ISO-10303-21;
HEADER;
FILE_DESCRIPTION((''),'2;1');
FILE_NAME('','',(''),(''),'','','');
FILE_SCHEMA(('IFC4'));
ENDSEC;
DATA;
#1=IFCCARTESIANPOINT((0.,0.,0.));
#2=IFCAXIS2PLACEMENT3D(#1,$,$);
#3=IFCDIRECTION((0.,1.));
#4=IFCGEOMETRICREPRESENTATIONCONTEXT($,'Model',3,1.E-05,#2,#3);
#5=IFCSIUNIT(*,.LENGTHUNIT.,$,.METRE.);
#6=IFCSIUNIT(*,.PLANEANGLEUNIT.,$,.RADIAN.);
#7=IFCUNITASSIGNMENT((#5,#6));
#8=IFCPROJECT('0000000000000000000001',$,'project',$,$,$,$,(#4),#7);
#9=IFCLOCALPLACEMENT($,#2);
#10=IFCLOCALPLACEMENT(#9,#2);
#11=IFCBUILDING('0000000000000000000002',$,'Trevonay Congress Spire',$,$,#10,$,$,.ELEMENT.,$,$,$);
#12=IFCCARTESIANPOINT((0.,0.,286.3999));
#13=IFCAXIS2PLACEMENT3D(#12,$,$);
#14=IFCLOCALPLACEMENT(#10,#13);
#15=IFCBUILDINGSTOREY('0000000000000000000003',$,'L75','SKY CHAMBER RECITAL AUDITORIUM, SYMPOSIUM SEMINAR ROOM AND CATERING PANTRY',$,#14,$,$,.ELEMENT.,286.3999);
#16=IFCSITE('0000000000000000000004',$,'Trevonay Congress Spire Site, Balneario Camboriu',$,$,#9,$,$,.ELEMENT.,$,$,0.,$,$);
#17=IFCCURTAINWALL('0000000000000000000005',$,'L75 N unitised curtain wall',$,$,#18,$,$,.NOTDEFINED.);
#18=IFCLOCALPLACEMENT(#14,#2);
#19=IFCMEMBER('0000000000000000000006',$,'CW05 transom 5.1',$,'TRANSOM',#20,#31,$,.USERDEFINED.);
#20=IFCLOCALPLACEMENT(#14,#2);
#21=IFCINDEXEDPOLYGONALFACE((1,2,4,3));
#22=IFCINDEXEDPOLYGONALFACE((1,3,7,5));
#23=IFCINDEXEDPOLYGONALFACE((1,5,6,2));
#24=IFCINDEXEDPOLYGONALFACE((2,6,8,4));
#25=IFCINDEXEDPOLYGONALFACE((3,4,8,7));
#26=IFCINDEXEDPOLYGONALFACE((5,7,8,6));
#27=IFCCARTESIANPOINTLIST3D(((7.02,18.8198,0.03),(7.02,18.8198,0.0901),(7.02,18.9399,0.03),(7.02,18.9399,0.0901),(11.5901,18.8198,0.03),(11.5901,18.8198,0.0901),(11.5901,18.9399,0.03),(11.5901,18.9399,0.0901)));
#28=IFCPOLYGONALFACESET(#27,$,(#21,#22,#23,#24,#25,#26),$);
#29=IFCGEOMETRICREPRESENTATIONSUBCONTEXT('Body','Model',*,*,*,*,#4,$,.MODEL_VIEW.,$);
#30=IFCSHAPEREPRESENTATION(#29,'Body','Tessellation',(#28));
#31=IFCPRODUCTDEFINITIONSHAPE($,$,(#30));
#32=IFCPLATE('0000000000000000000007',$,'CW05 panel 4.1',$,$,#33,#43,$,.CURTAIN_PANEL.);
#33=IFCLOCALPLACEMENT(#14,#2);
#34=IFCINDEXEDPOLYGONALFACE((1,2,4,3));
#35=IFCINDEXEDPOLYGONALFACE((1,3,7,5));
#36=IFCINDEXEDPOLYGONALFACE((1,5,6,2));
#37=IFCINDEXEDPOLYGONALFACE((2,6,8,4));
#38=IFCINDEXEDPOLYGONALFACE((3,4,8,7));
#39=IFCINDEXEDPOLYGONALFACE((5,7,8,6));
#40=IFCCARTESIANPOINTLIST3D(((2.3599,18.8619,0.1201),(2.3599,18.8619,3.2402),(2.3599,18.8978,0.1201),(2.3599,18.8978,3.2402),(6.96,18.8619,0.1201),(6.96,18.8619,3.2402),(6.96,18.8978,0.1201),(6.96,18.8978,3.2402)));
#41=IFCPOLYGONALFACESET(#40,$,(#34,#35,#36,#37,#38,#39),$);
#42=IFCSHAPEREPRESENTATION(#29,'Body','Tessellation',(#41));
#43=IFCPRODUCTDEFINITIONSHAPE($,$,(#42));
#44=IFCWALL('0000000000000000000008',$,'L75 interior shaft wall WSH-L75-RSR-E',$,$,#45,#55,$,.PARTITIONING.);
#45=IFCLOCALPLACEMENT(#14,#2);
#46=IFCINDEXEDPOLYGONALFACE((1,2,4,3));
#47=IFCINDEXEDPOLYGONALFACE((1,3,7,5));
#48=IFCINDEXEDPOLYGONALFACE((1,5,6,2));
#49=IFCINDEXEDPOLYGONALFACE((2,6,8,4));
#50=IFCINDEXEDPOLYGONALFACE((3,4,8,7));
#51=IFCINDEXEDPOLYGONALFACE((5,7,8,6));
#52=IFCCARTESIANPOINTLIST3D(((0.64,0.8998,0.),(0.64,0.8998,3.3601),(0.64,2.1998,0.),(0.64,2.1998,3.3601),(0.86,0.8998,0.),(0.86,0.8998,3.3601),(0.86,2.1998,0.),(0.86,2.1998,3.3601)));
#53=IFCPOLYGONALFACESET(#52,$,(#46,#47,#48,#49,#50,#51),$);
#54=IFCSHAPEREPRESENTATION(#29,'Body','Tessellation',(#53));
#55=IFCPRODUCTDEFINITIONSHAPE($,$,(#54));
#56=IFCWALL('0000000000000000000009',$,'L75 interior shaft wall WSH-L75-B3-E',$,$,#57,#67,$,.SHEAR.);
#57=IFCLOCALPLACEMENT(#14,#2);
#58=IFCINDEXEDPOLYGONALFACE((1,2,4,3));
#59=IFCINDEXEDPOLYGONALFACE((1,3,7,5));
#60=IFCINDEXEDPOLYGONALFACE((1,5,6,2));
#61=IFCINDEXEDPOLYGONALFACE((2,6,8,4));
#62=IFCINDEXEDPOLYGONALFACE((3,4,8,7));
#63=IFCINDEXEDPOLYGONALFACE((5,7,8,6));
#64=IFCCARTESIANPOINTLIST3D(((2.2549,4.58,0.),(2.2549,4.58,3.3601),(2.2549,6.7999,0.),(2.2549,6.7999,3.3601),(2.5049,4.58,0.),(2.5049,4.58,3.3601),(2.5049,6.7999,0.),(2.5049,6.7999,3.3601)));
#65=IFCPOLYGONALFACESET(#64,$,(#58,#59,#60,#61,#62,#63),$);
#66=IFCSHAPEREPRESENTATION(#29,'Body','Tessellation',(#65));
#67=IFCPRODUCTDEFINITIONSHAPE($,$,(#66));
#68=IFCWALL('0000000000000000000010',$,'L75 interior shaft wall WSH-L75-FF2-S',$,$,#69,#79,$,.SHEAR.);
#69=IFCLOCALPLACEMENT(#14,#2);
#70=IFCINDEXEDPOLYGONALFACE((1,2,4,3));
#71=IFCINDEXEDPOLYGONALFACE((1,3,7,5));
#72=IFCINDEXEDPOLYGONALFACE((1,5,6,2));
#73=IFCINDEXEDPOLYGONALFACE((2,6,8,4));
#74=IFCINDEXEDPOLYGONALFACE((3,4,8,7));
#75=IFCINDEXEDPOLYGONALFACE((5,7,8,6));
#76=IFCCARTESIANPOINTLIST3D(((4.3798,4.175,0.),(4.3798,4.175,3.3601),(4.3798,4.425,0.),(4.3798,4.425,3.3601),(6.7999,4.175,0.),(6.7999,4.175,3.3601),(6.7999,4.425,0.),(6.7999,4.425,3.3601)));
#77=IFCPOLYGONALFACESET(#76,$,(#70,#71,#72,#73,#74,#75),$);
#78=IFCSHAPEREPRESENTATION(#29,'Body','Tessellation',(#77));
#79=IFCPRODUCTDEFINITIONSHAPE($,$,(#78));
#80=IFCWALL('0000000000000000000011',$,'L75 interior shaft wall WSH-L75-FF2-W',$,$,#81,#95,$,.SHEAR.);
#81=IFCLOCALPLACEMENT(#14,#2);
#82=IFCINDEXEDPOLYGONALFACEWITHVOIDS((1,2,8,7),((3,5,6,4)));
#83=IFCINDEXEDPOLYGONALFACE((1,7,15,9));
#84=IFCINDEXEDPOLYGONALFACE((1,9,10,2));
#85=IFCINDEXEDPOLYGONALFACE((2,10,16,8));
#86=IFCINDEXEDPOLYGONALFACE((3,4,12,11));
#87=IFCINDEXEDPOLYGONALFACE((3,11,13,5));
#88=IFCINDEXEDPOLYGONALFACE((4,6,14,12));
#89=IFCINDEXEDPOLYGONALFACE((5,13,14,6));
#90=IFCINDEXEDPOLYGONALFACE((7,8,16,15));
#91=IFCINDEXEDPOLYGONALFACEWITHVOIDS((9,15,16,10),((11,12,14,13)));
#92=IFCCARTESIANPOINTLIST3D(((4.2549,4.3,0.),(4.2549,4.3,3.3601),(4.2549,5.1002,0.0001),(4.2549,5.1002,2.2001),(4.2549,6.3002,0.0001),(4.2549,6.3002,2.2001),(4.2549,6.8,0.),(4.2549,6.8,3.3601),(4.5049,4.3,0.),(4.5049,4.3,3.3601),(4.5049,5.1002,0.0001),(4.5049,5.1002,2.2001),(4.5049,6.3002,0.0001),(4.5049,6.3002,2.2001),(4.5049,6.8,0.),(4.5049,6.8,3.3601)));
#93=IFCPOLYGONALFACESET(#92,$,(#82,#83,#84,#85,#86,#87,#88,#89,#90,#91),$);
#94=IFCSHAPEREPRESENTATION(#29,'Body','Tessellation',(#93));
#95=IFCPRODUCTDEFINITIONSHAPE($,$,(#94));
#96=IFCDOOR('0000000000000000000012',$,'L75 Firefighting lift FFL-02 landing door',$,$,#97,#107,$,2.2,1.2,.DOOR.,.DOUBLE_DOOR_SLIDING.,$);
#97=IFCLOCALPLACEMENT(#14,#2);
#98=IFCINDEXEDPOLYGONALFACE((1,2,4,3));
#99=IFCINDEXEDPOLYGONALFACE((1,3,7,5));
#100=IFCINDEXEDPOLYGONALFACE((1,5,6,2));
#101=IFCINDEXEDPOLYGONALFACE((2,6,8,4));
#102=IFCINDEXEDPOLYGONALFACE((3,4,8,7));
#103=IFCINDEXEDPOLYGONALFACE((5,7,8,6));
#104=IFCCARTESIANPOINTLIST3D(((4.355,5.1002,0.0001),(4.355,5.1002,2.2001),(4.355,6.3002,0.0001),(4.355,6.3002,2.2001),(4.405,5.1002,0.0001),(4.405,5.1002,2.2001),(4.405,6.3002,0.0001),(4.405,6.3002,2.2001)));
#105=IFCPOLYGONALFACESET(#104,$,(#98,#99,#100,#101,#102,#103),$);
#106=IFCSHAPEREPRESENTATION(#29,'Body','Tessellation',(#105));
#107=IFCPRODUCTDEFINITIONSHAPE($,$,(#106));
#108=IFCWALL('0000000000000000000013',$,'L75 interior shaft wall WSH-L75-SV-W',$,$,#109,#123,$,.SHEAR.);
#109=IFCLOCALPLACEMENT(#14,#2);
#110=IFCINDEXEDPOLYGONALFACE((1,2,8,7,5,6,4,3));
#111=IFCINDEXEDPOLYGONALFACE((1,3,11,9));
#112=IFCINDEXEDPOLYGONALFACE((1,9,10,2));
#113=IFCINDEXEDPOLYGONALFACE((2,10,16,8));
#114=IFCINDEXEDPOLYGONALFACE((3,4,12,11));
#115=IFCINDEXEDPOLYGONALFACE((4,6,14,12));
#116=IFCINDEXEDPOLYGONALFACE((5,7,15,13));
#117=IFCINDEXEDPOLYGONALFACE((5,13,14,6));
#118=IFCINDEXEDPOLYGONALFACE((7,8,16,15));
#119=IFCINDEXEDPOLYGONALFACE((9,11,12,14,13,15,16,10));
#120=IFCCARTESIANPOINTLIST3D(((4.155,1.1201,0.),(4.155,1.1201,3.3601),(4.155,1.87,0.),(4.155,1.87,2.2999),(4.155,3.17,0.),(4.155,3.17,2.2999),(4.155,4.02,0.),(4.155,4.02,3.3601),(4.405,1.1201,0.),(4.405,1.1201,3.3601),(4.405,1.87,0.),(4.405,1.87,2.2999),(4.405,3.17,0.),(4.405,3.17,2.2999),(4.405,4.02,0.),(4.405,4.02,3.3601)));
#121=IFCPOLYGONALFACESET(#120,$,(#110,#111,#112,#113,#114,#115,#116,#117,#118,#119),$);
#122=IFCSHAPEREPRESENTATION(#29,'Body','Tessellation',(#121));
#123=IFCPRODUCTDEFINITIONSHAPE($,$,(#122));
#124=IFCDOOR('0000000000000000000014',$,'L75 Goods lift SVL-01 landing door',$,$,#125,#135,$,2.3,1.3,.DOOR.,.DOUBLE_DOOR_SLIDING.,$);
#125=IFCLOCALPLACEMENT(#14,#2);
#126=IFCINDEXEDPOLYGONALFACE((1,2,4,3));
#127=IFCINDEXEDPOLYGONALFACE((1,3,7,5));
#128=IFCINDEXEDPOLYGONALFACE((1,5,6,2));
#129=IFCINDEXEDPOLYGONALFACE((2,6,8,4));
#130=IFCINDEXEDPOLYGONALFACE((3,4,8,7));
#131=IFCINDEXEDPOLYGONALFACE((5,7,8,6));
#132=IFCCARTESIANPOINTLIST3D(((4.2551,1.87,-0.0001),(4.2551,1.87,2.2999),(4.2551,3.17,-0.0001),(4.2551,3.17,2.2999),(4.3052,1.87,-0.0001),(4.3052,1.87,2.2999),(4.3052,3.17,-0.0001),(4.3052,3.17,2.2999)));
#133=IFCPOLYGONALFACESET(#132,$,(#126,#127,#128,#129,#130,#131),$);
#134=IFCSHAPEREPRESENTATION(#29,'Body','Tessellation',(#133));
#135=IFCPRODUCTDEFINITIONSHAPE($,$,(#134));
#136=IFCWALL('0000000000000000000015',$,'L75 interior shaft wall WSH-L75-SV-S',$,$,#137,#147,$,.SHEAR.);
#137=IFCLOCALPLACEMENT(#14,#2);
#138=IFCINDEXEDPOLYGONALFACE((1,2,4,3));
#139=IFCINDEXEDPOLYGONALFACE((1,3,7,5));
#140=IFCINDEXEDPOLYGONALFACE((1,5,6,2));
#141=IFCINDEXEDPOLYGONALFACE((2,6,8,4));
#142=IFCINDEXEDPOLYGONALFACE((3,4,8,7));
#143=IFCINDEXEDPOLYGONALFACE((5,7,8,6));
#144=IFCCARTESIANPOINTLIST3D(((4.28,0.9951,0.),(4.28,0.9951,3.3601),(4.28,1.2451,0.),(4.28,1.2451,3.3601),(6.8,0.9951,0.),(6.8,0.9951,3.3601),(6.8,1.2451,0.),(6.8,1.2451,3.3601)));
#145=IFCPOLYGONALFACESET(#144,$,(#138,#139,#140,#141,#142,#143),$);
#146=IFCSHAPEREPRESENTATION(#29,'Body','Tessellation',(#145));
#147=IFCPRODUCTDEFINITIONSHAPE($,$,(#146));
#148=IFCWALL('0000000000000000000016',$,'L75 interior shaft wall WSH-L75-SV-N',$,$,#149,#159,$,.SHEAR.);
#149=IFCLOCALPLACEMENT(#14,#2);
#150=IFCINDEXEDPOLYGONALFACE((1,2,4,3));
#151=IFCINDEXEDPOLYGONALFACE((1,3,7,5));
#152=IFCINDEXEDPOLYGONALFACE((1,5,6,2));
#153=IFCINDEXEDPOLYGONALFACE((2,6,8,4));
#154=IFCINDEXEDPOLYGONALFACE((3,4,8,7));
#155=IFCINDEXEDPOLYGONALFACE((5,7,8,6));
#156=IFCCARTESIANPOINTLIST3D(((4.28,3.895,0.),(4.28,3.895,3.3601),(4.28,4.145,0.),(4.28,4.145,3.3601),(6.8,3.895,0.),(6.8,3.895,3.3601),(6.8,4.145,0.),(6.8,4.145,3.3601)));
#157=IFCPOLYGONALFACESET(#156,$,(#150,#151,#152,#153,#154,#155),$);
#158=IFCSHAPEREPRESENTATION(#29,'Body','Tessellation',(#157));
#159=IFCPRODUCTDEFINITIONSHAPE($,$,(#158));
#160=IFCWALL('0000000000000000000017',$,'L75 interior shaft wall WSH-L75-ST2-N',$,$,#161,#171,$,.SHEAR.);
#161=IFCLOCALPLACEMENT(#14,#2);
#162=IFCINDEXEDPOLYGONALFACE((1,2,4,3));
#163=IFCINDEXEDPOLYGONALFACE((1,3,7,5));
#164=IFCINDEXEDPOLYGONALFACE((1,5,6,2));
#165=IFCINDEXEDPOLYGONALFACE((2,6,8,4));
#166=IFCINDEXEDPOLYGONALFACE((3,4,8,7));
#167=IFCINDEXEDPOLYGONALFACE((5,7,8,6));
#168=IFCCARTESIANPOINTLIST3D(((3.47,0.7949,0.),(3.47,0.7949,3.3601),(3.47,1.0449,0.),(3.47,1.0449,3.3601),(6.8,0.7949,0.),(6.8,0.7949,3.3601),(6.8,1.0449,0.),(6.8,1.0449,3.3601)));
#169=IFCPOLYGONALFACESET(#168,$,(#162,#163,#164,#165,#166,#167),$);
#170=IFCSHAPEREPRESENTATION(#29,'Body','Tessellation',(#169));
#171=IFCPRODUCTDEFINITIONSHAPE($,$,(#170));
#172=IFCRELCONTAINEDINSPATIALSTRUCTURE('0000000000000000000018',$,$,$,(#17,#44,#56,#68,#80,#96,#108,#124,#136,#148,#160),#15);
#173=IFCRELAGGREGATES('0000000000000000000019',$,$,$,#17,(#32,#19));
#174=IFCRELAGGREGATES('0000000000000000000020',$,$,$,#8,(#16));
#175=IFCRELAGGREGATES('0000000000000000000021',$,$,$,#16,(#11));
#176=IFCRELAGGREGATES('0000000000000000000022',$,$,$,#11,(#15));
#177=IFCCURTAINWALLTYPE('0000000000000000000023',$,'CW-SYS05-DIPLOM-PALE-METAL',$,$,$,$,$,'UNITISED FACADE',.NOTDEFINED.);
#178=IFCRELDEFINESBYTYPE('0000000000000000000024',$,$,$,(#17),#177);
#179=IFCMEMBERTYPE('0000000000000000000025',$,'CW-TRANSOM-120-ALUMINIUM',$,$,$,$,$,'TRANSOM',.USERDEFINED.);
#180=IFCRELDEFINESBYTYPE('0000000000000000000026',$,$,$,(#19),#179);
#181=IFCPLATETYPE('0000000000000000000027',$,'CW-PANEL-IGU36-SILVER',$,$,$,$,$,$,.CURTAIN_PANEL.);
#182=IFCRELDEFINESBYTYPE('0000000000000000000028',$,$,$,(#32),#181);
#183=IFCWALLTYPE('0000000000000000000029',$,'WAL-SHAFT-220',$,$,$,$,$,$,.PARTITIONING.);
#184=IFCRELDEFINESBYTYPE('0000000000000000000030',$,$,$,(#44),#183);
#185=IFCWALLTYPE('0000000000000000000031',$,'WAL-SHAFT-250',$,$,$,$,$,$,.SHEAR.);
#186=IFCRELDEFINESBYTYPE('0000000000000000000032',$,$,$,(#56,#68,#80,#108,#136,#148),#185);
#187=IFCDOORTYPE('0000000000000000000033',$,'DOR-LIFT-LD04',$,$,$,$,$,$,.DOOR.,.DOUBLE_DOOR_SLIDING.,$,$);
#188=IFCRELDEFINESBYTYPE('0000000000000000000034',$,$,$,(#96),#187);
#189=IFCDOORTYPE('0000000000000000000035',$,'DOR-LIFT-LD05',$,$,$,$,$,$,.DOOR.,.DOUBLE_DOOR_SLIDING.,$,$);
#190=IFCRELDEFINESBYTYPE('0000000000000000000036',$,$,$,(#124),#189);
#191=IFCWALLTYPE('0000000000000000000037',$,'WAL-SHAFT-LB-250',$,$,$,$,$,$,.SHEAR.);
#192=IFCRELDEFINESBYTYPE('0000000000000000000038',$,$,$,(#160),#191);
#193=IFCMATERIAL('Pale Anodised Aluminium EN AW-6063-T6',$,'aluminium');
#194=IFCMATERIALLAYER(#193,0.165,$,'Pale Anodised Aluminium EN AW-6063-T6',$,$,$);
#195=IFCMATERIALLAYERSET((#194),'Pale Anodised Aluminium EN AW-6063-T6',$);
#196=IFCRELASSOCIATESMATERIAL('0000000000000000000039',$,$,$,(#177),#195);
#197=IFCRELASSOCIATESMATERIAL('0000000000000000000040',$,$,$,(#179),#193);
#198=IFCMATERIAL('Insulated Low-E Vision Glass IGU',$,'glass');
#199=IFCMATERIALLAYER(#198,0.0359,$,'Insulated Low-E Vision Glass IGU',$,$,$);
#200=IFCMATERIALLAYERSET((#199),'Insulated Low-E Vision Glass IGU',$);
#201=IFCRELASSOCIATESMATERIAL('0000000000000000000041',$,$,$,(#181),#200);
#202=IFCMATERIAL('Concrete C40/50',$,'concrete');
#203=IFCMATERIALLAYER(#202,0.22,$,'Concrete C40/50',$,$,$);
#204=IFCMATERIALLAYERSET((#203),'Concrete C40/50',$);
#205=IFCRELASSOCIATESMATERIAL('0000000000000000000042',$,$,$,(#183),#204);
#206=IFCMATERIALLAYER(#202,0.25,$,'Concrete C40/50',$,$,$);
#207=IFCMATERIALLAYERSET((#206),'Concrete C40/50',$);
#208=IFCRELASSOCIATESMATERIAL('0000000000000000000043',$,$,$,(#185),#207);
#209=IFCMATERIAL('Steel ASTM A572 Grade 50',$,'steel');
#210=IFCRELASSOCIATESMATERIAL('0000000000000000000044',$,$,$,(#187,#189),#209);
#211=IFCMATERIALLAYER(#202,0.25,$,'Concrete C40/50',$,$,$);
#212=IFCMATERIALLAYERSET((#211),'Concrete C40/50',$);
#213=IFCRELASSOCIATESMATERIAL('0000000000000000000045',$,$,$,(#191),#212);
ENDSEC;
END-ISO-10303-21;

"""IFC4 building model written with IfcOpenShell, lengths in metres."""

from ifc_helpers import new_model, si_unit, direction, frame, frame_2d, origin, origin_2d, place, context, subcontext, project, spatial, rectangle, extrude, material, layer, layer_set, material_profile, profile_set, type_object, element, fill, aggregate, save


model = new_model("IFC4")

# Units and contexts
model_context = context("Model", 3, precision=1e-05, world=origin(), true_north=direction((0.0, 1.0)))
body_context = subcontext(model_context, "Body", "Model", "MODEL_VIEW")
ifc_project = project(units=[si_unit("LENGTHUNIT", "METRE"), si_unit("PLANEANGLEUNIT", "RADIAN")], contexts=[model_context])

# Site, building, storey
site_placement = place(None, origin())
site = spatial("IfcSite", under=ifc_project, at=site_placement, Name="Trevonay Congress Spire Site, Balneario Camboriu", CompositionType="ELEMENT", RefElevation=0.0)
building_placement = place(site_placement, origin())
building = spatial("IfcBuilding", under=site, at=building_placement, Name="Trevonay Congress Spire", CompositionType="ELEMENT")
storey_placement = place(building_placement, frame((0.0, 0.0, 286.3999)))
storey = spatial("IfcBuildingStorey", under=building, at=storey_placement, Name="L75", Description="SKY CHAMBER RECITAL AUDITORIUM, SYMPOSIUM SEMINAR ROOM AND CATERING PANTRY", CompositionType="ELEMENT", Elevation=286.3999)

# Shared definitions
ifc_material_1 = material(Name="Steel ASTM A572 Grade 50", Category="steel")

# Curtain wall, member, plate
ifc_material_2 = material(Name="Pale Anodised Aluminium EN AW-6063-T6", Category="aluminium")
ifc_layer_1 = layer(ifc_material_2, 0.165, Name="Pale Anodised Aluminium EN AW-6063-T6")
ifc_layer_set_1 = layer_set([ifc_layer_1], Name="Pale Anodised Aluminium EN AW-6063-T6")
curtain_wall_type = type_object("IfcCurtainWallType", Name="CW-SYS05-DIPLOM-PALE-METAL", ElementType="UNITISED FACADE", PredefinedType="NOTDEFINED", material=ifc_layer_set_1)
curtain_wall_placement = place(storey_placement, origin())
curtain_wall = element("IfcCurtainWall", 1, at=curtain_wall_placement, inside=storey, type_object=curtain_wall_type, Name="L75 N unitised curtain wall", PredefinedType="NOTDEFINED")
ifc_material_profile_1 = material_profile(ifc_material_2, rectangle(XDim=0.1201, YDim=0.0601, at=origin_2d()), Name="CW-TRANSOM-120-ALUMINIUM")
ifc_profile_set_1 = profile_set([ifc_material_profile_1], Name="Pale Anodised Aluminium EN AW-6063-T6")
member_type_1 = type_object("IfcMemberType", Name="CW-TRANSOM-120-ALUMINIUM", ElementType="TRANSOM", PredefinedType="USERDEFINED", material=ifc_profile_set_1)
member_1_placement = place(storey_placement, frame((7.02, 18.8799, 0.0601), z_axis=(1.0, 0.0, 0.0), x_axis=(0.0, 1.0, 0.0)))
member_1 = element("IfcMember", 2, at=member_1_placement, type_object=member_type_1, Name="CW05 transom 5.1", ObjectType="TRANSOM", PredefinedType="USERDEFINED", context=body_context, shape_type="SweptSolid", body=[
    extrude(rectangle(XDim=0.1201, YDim=0.0601, at=origin_2d()), origin(), (0.0, 0.0, 1.0), 4.5701),
])
ifc_material_3 = material(Name="Insulated Low-E Vision Glass IGU", Category="glass")
ifc_layer_2 = layer(ifc_material_3, 0.0359, Name="Insulated Low-E Vision Glass IGU")
ifc_layer_set_2 = layer_set([ifc_layer_2], Name="Insulated Low-E Vision Glass IGU")
plate_type = type_object("IfcPlateType", Name="CW-PANEL-IGU36-SILVER", PredefinedType="CURTAIN_PANEL", material=ifc_layer_set_2)
plate_placement = place(storey_placement, frame((4.6599, 18.8799, 0.1201), z_axis=(0.0, 0.0, 1.0), x_axis=(1.0, 0.0, 0.0)))
plate = element("IfcPlate", 3, at=plate_placement, type_object=plate_type, Name="CW05 panel 4.1", PredefinedType="CURTAIN_PANEL", context=body_context, shape_type="SweptSolid", body=[
    extrude(rectangle(XDim=4.6001, YDim=0.0359, at=origin_2d()), origin(), (0.0, 0.0, 1.0), 3.1201),
])
aggregate(curtain_wall, [plate, member_1])

# Walls
ifc_material_4 = material(Name="Concrete C40/50", Category="concrete")
ifc_layer_3 = layer(ifc_material_4, 0.22, Name="Concrete C40/50")
ifc_layer_set_3 = layer_set([ifc_layer_3], Name="Concrete C40/50")
wall_type_1 = type_object("IfcWallType", Name="WAL-SHAFT-220", PredefinedType="PARTITIONING", material=ifc_layer_set_3)
wall_1_placement = place(storey_placement, frame((0.75, 0.8999, 0.0), z_axis=(0.0, 0.0, 1.0), x_axis=(0.0, 1.0, 0.0)))
element("IfcWall", 4, at=wall_1_placement, inside=storey, type_object=wall_type_1, Name="L75 interior shaft wall WSH-L75-RSR-E", PredefinedType="PARTITIONING", context=body_context, shape_type="SweptSolid", body=[
    extrude(rectangle(XDim=1.3, YDim=0.22, at=frame_2d((0.6499, 0.0))), origin(), (0.0, 0.0, 1.0), 3.3601),
])
ifc_layer_4 = layer(ifc_material_4, 0.25, Name="Concrete C40/50")
ifc_layer_set_4 = layer_set([ifc_layer_4], Name="Concrete C40/50")
wall_type_2 = type_object("IfcWallType", Name="WAL-SHAFT-250", PredefinedType="SHEAR", material=ifc_layer_set_4)
wall_2_placement = place(storey_placement, frame((2.3799, 4.5801, 0.0), z_axis=(0.0, 0.0, 1.0), x_axis=(0.0, 1.0, 0.0)))
element("IfcWall", 5, at=wall_2_placement, inside=storey, type_object=wall_type_2, Name="L75 interior shaft wall WSH-L75-B3-E", PredefinedType="SHEAR", context=body_context, shape_type="SweptSolid", body=[
    extrude(rectangle(XDim=2.22, YDim=0.25, at=frame_2d((1.1099, 0.0))), origin(), (0.0, 0.0, 1.0), 3.3601),
])
wall_3_placement = place(storey_placement, frame((4.3799, 4.3, 0.0), z_axis=(0.0, 0.0, 1.0), x_axis=(1.0, 0.0, 0.0)))
element("IfcWall", 6, at=wall_3_placement, inside=storey, type_object=wall_type_2, Name="L75 interior shaft wall WSH-L75-FF2-S", PredefinedType="SHEAR", context=body_context, shape_type="SweptSolid", body=[
    extrude(rectangle(XDim=2.4202, YDim=0.25, at=frame_2d((1.21, 0.0))), origin(), (0.0, 0.0, 1.0), 3.3601),
])

# Walls, openings, doors
wall_4_placement = place(storey_placement, frame((4.3799, 4.3, 0.0), z_axis=(0.0, 0.0, 1.0), x_axis=(0.0, 1.0, 0.0)))
wall_4 = element("IfcWall", 7, at=wall_4_placement, inside=storey, type_object=wall_type_2, Name="L75 interior shaft wall WSH-L75-FF2-W", PredefinedType="SHEAR", context=body_context, shape_type="SweptSolid", body=[
    extrude(rectangle(XDim=2.5, YDim=0.25, at=frame_2d((1.25, 0.0))), origin(), (0.0, 0.0, 1.0), 3.3601),
])
opening_1_placement = place(wall_4_placement, frame((0.8, 0.0, 0.0)))
opening_1 = element("IfcOpeningElement", 8, at=opening_1_placement, cuts=wall_4, PredefinedType="OPENING", context=body_context, shape_type="SweptSolid", body=[
    extrude(rectangle(XDim=1.2, YDim=2.2, at=frame_2d((0.6001, 1.1001))), frame((0.0, 0.135, 0.0), z_axis=(0.0, -1.0, 0.0), x_axis=(1.0, 0.0, 0.0)), (0.0, 0.0, 1.0), 0.27),
])
door_type_1 = type_object("IfcDoorType", Name="DOR-LIFT-LD04", OperationType="DOUBLE_DOOR_SLIDING", PredefinedType="DOOR", material=ifc_material_1)
door_1_placement = place(opening_1_placement, origin())
door_1 = element("IfcDoor", 9, at=door_1_placement, inside=storey, type_object=door_type_1, Name="L75 Firefighting lift FFL-02 landing door", OperationType="DOUBLE_DOOR_SLIDING", OverallHeight=2.2, OverallWidth=1.2, PredefinedType="DOOR", context=body_context, shape_type="SweptSolid", body=[
    extrude(rectangle(XDim=1.2, YDim=2.2, at=frame_2d((0.6001, 1.1001))), frame((0.0, 0.0249, 0.0), z_axis=(0.0, -1.0, 0.0), x_axis=(1.0, 0.0, 0.0)), (0.0, 0.0, 1.0), 0.05),
])
fill(opening_1, door_1)
wall_5_placement = place(storey_placement, frame((4.28, 1.1201, 0.0), z_axis=(0.0, 0.0, 1.0), x_axis=(0.0, 1.0, 0.0)))
wall_5 = element("IfcWall", 10, at=wall_5_placement, inside=storey, type_object=wall_type_2, Name="L75 interior shaft wall WSH-L75-SV-W", PredefinedType="SHEAR", context=body_context, shape_type="SweptSolid", body=[
    extrude(rectangle(XDim=2.8999, YDim=0.25, at=frame_2d((1.45, 0.0))), origin(), (0.0, 0.0, 1.0), 3.3601),
])
opening_2_placement = place(wall_5_placement, frame((0.75, 0.0, 0.0)))
opening_2 = element("IfcOpeningElement", 11, at=opening_2_placement, cuts=wall_5, PredefinedType="OPENING", context=body_context, shape_type="SweptSolid", body=[
    extrude(rectangle(XDim=1.3, YDim=2.3, at=frame_2d((0.6499, 1.1499))), frame((0.0, 0.135, 0.0), z_axis=(0.0, -1.0, 0.0), x_axis=(1.0, 0.0, 0.0)), (0.0, 0.0, 1.0), 0.27),
])
door_type_2 = type_object("IfcDoorType", Name="DOR-LIFT-LD05", OperationType="DOUBLE_DOOR_SLIDING", PredefinedType="DOOR", material=ifc_material_1)
door_2_placement = place(opening_2_placement, origin())
door_2 = element("IfcDoor", 12, at=door_2_placement, inside=storey, type_object=door_type_2, Name="L75 Goods lift SVL-01 landing door", OperationType="DOUBLE_DOOR_SLIDING", OverallHeight=2.3, OverallWidth=1.3, PredefinedType="DOOR", context=body_context, shape_type="SweptSolid", body=[
    extrude(rectangle(XDim=1.3, YDim=2.3, at=frame_2d((0.6499, 1.1499))), frame((0.0, 0.0249, 0.0), z_axis=(0.0, -1.0, 0.0), x_axis=(1.0, 0.0, 0.0)), (0.0, 0.0, 1.0), 0.05),
])
fill(opening_2, door_2)

# Walls
for number, where, z_axis, x_axis, name in (
    (13, (4.28, 1.1201, 0.0), (0.0, 0.0, 1.0), (1.0, 0.0, 0.0), "L75 interior shaft wall WSH-L75-SV-S"),
    (14, (4.28, 4.02, 0.0), (0.0, 0.0, 1.0), (1.0, 0.0, 0.0), "L75 interior shaft wall WSH-L75-SV-N"),
):
    element("IfcWall", number, at=place(storey_placement, frame(where, z_axis=z_axis, x_axis=x_axis)), inside=storey, type_object=wall_type_2, Name=name, PredefinedType="SHEAR", context=body_context, shape_type="SweptSolid", body=[
        extrude(rectangle(XDim=2.52, YDim=0.25, at=frame_2d((1.26, 0.0))), origin(), (0.0, 0.0, 1.0), 3.3601),
    ])
ifc_layer_5 = layer(ifc_material_4, 0.25, Name="Concrete C40/50")
ifc_layer_set_5 = layer_set([ifc_layer_5], Name="Concrete C40/50")
wall_type_3 = type_object("IfcWallType", Name="WAL-SHAFT-LB-250", PredefinedType="SHEAR", material=ifc_layer_set_5)
wall_6_placement = place(storey_placement, frame((3.47, 0.9199, 0.0), z_axis=(0.0, 0.0, 1.0), x_axis=(1.0, 0.0, 0.0)))
element("IfcWall", 15, at=wall_6_placement, inside=storey, type_object=wall_type_3, Name="L75 interior shaft wall WSH-L75-ST2-N", PredefinedType="SHEAR", context=body_context, shape_type="SweptSolid", body=[
    extrude(rectangle(XDim=3.3301, YDim=0.25, at=frame_2d((1.665, 0.0))), origin(), (0.0, 0.0, 1.0), 3.3601),
])

save(model, "model.ifc")
